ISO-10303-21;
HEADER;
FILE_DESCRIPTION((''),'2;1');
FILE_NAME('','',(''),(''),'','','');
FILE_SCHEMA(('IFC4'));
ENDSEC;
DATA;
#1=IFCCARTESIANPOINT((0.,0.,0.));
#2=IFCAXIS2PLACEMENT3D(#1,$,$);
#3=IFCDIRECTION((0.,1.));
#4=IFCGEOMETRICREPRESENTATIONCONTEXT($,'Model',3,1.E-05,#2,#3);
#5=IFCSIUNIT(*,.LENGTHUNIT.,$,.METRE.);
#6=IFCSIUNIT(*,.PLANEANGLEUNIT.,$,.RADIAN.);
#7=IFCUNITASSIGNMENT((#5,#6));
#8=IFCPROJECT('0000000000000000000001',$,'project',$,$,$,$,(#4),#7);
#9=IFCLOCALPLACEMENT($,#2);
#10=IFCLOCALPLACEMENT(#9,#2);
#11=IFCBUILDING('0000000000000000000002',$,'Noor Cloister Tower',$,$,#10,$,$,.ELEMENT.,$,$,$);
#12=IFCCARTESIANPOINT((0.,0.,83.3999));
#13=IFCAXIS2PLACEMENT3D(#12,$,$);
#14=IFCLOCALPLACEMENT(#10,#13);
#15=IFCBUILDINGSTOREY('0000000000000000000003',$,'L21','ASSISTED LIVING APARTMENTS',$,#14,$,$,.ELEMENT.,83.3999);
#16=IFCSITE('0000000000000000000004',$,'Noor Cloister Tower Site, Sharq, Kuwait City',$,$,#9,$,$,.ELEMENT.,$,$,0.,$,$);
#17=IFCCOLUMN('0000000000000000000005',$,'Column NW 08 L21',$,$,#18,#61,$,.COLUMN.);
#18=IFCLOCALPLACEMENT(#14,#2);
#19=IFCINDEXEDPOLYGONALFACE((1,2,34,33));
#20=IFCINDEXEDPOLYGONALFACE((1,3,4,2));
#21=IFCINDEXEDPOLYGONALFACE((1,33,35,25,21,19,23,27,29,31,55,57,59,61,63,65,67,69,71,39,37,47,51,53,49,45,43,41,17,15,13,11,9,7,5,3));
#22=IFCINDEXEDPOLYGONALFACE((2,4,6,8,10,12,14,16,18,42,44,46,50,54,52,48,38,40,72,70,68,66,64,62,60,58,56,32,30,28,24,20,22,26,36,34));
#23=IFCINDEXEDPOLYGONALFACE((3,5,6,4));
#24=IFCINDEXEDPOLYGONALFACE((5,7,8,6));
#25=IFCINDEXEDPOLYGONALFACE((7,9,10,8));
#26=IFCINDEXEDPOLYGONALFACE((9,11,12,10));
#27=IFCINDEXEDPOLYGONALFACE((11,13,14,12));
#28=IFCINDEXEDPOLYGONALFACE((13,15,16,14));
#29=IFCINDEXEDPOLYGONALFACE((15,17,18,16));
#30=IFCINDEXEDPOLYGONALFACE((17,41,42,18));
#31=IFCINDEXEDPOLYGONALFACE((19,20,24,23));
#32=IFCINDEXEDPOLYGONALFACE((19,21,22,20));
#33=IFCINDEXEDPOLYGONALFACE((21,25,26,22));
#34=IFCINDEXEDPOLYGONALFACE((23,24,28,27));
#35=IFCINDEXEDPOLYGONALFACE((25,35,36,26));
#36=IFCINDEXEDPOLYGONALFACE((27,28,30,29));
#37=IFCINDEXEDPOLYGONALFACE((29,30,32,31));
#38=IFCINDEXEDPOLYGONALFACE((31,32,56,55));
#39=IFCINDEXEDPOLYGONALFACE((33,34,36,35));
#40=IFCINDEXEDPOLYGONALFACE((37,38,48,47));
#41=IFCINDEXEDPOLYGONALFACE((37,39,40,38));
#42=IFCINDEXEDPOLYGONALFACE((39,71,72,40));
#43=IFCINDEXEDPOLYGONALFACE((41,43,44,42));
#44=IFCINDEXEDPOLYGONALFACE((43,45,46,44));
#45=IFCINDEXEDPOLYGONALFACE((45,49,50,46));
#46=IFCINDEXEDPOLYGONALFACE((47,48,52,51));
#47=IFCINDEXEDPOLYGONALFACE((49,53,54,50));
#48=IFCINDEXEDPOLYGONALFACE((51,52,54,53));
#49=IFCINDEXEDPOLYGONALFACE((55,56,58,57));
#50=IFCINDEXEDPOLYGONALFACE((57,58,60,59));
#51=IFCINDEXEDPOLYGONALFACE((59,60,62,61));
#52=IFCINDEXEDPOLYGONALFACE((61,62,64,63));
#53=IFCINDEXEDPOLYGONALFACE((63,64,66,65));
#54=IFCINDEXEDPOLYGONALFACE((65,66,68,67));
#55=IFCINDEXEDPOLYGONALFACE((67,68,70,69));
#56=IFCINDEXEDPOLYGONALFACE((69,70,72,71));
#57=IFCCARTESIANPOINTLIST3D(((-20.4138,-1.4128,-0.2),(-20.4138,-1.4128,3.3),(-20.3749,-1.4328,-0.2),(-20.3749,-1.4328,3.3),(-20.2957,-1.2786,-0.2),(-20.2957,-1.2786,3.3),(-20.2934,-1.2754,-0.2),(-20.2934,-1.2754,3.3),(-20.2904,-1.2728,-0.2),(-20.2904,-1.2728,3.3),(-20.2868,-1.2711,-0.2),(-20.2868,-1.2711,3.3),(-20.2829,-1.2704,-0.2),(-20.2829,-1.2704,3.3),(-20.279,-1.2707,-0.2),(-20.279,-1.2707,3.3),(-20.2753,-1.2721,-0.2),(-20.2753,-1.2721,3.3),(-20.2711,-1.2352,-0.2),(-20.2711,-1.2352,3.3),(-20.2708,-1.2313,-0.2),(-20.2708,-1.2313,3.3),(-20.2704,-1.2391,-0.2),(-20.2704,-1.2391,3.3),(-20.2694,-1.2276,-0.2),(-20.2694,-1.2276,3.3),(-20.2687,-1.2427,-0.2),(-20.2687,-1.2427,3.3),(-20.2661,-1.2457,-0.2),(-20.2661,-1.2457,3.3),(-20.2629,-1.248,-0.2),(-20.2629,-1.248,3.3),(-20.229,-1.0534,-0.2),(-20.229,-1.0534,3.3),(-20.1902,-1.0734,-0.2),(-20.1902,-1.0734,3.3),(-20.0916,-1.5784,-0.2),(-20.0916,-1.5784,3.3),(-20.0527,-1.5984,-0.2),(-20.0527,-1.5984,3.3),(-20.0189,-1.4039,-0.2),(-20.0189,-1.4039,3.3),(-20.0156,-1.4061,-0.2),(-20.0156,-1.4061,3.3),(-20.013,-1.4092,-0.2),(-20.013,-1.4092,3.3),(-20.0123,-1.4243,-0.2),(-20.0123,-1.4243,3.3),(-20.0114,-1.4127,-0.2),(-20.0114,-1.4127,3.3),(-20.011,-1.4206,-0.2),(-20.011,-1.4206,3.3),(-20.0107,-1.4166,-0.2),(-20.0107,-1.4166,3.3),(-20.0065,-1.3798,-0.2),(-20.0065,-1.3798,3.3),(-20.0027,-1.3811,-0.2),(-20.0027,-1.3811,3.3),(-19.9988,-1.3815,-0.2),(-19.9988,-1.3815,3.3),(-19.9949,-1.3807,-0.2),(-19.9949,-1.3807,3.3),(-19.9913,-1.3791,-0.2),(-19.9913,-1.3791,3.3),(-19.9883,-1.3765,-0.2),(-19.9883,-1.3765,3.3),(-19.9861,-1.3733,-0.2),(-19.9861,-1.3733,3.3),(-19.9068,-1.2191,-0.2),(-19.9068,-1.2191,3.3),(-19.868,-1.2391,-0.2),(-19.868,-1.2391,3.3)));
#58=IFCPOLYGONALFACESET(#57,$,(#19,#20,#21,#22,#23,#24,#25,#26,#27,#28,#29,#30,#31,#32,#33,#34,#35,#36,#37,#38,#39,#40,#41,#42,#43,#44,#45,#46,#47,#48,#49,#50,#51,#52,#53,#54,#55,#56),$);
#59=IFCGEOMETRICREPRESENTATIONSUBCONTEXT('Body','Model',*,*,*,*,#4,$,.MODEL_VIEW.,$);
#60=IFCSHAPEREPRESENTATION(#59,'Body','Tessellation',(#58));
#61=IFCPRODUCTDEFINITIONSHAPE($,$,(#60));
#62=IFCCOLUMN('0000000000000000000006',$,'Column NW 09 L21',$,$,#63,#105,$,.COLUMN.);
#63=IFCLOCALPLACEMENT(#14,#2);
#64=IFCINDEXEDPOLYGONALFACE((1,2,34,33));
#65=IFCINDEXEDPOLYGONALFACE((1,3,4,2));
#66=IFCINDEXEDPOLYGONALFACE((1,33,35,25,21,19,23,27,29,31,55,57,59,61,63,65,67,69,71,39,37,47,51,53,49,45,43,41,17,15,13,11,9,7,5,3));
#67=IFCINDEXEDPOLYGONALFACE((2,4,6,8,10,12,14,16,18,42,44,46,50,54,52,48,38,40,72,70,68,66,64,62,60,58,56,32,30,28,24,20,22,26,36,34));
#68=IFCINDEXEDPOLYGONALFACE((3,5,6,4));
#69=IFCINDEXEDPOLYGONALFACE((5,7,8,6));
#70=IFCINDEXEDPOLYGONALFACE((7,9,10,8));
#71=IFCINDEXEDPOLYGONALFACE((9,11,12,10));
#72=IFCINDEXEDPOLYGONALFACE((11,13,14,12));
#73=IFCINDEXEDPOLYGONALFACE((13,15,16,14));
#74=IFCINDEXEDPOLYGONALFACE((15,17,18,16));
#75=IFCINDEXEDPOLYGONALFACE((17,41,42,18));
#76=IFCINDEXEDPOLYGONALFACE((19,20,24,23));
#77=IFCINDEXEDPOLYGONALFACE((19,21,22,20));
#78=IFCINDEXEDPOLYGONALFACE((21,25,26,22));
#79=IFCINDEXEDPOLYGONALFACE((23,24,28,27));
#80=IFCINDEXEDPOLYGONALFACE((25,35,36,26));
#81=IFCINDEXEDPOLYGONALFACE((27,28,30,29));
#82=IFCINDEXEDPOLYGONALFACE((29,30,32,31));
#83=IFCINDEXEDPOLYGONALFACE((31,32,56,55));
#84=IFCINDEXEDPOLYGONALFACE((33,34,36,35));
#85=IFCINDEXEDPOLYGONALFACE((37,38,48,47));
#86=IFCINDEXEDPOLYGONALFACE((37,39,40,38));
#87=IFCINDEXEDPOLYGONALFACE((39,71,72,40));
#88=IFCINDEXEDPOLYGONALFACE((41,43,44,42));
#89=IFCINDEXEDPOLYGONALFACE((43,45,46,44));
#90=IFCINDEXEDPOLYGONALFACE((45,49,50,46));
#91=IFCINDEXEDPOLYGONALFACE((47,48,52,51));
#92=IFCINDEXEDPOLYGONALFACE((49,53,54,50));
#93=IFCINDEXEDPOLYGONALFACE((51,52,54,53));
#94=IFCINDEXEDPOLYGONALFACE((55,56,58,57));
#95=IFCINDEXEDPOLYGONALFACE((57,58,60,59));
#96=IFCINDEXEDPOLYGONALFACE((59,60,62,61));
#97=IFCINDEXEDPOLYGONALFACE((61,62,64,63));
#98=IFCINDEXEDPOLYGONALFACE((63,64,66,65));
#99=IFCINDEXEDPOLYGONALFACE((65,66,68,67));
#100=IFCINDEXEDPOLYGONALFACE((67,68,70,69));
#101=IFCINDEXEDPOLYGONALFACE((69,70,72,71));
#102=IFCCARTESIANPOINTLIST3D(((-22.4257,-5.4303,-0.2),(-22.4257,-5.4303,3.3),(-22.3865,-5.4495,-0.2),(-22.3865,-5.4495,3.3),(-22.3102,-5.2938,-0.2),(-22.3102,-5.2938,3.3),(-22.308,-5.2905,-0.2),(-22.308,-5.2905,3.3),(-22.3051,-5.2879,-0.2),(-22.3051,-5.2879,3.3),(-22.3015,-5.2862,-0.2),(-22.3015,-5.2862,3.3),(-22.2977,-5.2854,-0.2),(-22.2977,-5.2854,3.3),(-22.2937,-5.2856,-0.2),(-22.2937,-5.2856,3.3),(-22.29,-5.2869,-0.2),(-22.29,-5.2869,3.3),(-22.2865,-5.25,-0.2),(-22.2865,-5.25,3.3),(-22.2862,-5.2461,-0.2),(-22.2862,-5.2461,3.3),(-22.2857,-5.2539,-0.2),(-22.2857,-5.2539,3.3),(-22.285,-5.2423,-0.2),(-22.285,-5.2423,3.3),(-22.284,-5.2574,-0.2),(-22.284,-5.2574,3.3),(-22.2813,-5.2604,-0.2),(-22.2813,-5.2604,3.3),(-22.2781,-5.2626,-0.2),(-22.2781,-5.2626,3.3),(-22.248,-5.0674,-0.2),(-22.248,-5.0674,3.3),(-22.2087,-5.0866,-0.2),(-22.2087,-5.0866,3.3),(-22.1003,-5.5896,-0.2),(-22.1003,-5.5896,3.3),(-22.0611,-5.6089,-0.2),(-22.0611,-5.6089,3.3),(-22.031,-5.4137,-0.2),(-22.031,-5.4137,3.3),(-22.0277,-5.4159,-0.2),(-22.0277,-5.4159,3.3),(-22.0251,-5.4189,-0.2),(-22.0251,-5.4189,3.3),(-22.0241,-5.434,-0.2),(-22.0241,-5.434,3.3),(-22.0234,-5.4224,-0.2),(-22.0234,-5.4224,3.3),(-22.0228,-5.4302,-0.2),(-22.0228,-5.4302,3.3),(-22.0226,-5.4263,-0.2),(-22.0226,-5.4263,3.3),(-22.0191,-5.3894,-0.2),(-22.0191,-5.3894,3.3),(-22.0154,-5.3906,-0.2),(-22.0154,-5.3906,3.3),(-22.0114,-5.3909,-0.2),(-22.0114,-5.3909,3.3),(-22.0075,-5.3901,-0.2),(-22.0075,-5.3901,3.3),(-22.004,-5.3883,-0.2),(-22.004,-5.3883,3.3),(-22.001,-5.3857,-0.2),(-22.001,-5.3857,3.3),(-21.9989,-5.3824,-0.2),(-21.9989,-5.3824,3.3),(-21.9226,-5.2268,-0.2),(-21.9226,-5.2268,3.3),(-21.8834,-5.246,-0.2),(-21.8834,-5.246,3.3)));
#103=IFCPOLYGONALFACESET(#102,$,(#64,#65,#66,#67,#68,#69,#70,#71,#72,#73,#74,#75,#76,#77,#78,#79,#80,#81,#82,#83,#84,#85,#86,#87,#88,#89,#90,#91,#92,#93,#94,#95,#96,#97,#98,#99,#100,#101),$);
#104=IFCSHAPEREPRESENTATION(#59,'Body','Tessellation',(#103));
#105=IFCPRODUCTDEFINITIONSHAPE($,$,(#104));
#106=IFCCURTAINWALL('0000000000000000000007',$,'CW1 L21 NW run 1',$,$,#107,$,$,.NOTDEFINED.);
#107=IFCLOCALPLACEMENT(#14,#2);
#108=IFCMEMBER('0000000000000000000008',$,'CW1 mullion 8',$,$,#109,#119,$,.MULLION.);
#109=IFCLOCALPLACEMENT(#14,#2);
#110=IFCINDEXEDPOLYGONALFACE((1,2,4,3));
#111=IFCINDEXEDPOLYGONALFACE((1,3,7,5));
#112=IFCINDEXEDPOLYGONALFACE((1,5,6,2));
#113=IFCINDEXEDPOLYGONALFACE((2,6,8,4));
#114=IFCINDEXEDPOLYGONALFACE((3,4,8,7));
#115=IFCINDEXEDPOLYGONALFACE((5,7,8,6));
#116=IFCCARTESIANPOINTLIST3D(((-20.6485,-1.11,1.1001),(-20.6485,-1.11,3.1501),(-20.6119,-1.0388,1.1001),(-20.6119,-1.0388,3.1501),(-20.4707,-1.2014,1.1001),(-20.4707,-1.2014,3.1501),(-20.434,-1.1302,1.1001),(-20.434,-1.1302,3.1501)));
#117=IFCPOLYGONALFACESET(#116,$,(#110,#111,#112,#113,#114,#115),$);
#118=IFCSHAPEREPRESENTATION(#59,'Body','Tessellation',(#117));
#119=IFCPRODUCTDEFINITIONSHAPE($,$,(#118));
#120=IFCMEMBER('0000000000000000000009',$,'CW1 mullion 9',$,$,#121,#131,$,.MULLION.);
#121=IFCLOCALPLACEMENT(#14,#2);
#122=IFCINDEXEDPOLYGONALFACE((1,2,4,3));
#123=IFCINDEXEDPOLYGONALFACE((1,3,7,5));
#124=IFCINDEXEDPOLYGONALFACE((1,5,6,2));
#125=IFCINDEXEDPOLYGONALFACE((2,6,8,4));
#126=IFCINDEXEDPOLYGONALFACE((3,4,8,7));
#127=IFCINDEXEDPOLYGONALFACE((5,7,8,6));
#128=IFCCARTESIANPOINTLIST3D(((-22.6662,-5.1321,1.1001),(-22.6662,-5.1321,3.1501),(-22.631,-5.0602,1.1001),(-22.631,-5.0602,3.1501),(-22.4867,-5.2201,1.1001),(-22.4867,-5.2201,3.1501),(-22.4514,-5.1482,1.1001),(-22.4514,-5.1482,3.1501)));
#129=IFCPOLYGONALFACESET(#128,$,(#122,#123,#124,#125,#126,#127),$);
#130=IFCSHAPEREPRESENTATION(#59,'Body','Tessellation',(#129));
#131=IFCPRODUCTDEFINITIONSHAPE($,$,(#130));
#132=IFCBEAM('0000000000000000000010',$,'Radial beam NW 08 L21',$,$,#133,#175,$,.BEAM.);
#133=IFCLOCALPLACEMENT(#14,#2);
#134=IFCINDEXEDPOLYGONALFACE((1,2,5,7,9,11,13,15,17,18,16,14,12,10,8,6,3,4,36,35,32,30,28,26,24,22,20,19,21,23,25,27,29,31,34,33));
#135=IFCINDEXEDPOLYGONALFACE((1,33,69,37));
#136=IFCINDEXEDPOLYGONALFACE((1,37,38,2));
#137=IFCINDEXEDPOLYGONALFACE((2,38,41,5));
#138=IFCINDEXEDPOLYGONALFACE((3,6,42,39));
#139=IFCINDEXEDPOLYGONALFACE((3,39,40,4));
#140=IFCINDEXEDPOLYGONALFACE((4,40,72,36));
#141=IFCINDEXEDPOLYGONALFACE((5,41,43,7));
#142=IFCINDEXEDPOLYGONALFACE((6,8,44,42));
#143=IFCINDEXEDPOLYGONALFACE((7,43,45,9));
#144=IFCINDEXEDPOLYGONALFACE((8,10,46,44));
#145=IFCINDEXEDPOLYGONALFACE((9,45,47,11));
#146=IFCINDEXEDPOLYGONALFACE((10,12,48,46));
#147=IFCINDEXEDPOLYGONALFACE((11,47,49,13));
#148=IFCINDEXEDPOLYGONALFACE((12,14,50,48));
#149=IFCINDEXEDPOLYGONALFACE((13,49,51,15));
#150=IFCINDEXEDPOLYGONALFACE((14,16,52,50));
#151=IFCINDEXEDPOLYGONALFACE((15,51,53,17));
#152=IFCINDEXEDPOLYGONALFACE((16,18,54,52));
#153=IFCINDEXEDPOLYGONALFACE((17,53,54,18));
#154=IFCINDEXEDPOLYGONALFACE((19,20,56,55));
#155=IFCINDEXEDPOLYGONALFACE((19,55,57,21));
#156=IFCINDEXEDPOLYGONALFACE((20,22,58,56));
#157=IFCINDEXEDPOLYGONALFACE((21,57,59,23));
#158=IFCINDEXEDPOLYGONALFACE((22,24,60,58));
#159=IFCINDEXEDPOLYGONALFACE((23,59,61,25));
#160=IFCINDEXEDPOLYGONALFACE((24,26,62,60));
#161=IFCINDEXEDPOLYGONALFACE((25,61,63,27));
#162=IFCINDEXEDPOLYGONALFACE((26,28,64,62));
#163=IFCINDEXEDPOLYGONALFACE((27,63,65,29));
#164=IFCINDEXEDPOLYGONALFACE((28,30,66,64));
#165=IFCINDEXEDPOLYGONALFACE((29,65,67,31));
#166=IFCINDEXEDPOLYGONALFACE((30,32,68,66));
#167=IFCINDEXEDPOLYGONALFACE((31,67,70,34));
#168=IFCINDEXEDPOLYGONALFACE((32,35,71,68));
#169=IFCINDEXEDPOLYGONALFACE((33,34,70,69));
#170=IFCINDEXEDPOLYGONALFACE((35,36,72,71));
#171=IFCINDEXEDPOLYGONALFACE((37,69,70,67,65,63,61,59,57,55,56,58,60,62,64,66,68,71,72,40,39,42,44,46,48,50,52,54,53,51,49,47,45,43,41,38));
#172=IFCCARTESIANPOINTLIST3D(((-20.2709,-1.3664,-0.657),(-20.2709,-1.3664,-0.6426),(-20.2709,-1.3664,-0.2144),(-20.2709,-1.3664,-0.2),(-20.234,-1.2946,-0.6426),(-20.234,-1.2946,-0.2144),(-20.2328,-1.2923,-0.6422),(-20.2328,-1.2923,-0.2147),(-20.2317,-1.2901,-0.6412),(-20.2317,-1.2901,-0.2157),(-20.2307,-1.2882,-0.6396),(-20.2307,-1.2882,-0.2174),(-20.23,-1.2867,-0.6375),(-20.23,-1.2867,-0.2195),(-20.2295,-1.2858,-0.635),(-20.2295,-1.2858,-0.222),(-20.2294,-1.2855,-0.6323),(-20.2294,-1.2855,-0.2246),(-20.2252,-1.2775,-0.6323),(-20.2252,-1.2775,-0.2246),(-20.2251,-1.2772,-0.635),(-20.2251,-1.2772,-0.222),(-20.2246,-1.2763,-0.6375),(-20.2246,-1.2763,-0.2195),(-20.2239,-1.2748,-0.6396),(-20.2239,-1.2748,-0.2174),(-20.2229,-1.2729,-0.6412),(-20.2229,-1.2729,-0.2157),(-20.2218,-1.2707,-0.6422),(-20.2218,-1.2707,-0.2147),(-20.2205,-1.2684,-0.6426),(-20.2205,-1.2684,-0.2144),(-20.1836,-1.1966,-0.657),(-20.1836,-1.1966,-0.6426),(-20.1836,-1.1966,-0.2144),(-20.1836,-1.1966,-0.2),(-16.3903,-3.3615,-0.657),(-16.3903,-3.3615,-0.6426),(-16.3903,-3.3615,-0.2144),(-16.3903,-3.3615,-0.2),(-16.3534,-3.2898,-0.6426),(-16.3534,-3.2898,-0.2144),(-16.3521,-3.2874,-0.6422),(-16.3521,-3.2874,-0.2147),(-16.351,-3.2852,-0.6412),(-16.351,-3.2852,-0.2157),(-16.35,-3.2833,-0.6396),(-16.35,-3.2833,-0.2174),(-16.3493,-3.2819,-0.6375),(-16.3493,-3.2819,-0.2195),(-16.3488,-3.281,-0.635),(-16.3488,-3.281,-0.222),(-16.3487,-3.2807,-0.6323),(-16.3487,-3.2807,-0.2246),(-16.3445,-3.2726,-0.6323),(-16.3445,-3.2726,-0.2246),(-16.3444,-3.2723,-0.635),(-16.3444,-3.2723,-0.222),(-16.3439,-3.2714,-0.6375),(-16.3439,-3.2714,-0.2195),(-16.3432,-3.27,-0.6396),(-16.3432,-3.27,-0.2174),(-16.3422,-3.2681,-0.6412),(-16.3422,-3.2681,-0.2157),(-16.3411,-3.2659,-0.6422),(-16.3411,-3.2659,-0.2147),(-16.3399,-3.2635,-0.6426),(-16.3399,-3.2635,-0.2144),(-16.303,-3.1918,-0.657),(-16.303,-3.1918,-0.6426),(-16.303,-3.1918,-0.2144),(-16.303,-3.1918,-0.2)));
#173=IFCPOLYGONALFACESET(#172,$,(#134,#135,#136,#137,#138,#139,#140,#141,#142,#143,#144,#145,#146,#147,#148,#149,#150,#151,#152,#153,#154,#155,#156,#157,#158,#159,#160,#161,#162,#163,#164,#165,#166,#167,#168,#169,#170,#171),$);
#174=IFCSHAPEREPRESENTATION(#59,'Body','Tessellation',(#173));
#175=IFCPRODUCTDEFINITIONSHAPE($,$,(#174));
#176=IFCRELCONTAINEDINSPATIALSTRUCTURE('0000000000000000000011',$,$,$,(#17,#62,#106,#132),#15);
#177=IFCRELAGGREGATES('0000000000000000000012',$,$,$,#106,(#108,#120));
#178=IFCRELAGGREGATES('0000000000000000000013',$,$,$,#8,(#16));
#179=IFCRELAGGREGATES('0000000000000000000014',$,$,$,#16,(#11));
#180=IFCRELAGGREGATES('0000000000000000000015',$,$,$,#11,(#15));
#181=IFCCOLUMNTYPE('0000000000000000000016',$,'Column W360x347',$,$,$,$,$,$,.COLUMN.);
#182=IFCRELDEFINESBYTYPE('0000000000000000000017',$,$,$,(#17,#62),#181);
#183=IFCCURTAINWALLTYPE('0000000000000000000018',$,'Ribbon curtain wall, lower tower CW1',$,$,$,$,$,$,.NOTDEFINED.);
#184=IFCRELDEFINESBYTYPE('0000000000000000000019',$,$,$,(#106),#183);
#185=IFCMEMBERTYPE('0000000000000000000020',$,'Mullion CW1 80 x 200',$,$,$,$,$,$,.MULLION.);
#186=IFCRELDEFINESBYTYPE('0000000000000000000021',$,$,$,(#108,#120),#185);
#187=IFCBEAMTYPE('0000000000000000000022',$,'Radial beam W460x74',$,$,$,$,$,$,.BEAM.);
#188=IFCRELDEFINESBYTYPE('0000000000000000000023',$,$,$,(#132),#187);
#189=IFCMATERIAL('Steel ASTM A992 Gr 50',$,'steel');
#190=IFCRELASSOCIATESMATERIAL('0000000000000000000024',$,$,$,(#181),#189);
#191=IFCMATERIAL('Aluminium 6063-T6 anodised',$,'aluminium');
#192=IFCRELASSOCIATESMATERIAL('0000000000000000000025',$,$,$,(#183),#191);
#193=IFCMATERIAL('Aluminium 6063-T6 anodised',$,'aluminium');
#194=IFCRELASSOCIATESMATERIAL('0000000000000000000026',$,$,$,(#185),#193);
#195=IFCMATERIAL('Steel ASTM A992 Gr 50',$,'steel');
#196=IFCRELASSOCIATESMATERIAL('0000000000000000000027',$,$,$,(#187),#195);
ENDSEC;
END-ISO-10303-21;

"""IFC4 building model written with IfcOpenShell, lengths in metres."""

from ifc_helpers import new_model, si_unit, direction, frame, origin, origin_2d, place, context, subcontext, project, spatial, rectangle, i_section, extrude, material, material_profile, profile_set, type_object, element, aggregate, save


model = new_model("IFC4")

# Units and contexts
model_context = context("Model", 3, precision=1e-05, world=origin(), true_north=direction((0.0, 1.0)))
body_context = subcontext(model_context, "Body", "Model", "MODEL_VIEW")
ifc_project = project(units=[si_unit("LENGTHUNIT", "METRE"), si_unit("PLANEANGLEUNIT", "RADIAN")], contexts=[model_context])

# Site, building, storey
site_placement = place(None, origin())
site = spatial("IfcSite", under=ifc_project, at=site_placement, Name="Noor Cloister Tower Site, Sharq, Kuwait City", CompositionType="ELEMENT", RefElevation=0.0)
building_placement = place(site_placement, origin())
building = spatial("IfcBuilding", under=site, at=building_placement, Name="Noor Cloister Tower", CompositionType="ELEMENT")
storey_placement = place(building_placement, frame((0.0, 0.0, 83.3999)))
storey = spatial("IfcBuildingStorey", under=building, at=storey_placement, Name="L21", Description="ASSISTED LIVING APARTMENTS", CompositionType="ELEMENT", Elevation=83.3999)

# Columns
ifc_material_1 = material(Name="Steel ASTM A992 Gr 50", Category="steel")
ifc_material_profile_1 = material_profile(ifc_material_1, i_section(OverallWidth=0.4041, OverallDepth=0.406, WebThickness=0.0271, FlangeThickness=0.0437, FilletRadius=0.0151, at=origin_2d()), Name="W360x347")
ifc_profile_set_1 = profile_set([ifc_material_profile_1], Name="Steel ASTM A992 Gr 50")
column_type = type_object("IfcColumnType", Name="Column W360x347", PredefinedType="COLUMN", material=ifc_profile_set_1)
for number, where, z_axis, x_axis, name in (
    (1, (-20.1409, -1.3259, -0.2), (0.0, 0.0, 1.0), (-0.457248, -0.889339, 0.0), "Column NW 08 L21"),
    (2, (-22.1545, -5.3381, -0.2), (0.0, 0.0, 1.0), (-0.439838, -0.898077, 0.0), "Column NW 09 L21"),
):
    element("IfcColumn", number, at=place(storey_placement, frame(where, z_axis=z_axis, x_axis=x_axis)), inside=storey, type_object=column_type, Name=name, PredefinedType="COLUMN", context=body_context, shape_type="SweptSolid", body=[
        extrude(i_section(OverallWidth=0.4041, OverallDepth=0.406, WebThickness=0.0271, FlangeThickness=0.0437, FilletRadius=0.0151, at=origin_2d()), origin(), (0.0, 0.0, 1.0), 3.5),
    ])

# Curtain wall, members
ifc_material_2 = material(Name="Aluminium 6063-T6 anodised", Category="aluminium")
curtain_wall_type = type_object("IfcCurtainWallType", Name="Ribbon curtain wall, lower tower CW1", PredefinedType="NOTDEFINED", material=ifc_material_2)
curtain_wall_placement = place(storey_placement, origin())
curtain_wall = element("IfcCurtainWall", 3, at=curtain_wall_placement, inside=storey, type_object=curtain_wall_type, Name="CW1 L21 NW run 1", PredefinedType="NOTDEFINED")
ifc_material_3 = material(Name="Aluminium 6063-T6 anodised", Category="aluminium")
ifc_material_profile_2 = material_profile(ifc_material_3, rectangle(XDim=0.2, YDim=0.0801, at=origin_2d()), Name="200 x 80 mullion")
ifc_profile_set_2 = profile_set([ifc_material_profile_2], Name="Aluminium 6063-T6 anodised")
member_type = type_object("IfcMemberType", Name="Mullion CW1 80 x 200", PredefinedType="MULLION", material=ifc_profile_set_2)
member_1_placement = place(storey_placement, frame((-20.5413, -1.1201, 1.1001), z_axis=(0.0, 0.0, 1.0), x_axis=(0.889339, -0.457248, 0.0)))
member_1 = element("IfcMember", 4, at=member_1_placement, type_object=member_type, Name="CW1 mullion 8", PredefinedType="MULLION", context=body_context, shape_type="SweptSolid", body=[
    extrude(rectangle(XDim=0.2, YDim=0.0801, at=origin_2d()), origin(), (0.0, 0.0, 1.0), 2.05),
])
member_2_placement = place(storey_placement, frame((-22.5588, -5.1401, 1.1001), z_axis=(0.0, 0.0, 1.0), x_axis=(0.898077, -0.439838, 0.0)))
member_2 = element("IfcMember", 5, at=member_2_placement, type_object=member_type, Name="CW1 mullion 9", PredefinedType="MULLION", context=body_context, shape_type="SweptSolid", body=[
    extrude(rectangle(XDim=0.2, YDim=0.0801, at=origin_2d()), origin(), (0.0, 0.0, 1.0), 2.05),
])

# Beam
ifc_material_4 = material(Name="Steel ASTM A992 Gr 50", Category="steel")
ifc_material_profile_3 = material_profile(ifc_material_4, i_section(OverallWidth=0.1909, OverallDepth=0.457, WebThickness=0.009, FlangeThickness=0.0144, FilletRadius=0.0103, at=origin_2d()), Name="W460x74")
ifc_profile_set_3 = profile_set([ifc_material_profile_3], Name="Steel ASTM A992 Gr 50")
beam_type_1 = type_object("IfcBeamType", Name="Radial beam W460x74", PredefinedType="BEAM", material=ifc_profile_set_3)
beam_1_placement = place(storey_placement, frame((-20.2273, -1.2815, -0.4285), z_axis=(0.889346, -0.457234, 0.0), x_axis=(0.457234, 0.889346, 0.0)))
element("IfcBeam", 6, at=beam_1_placement, inside=storey, type_object=beam_type_1, Name="Radial beam NW 08 L21", PredefinedType="BEAM", context=body_context, shape_type="SweptSolid", body=[
    extrude(i_section(OverallWidth=0.1909, OverallDepth=0.457, WebThickness=0.009, FlangeThickness=0.0144, FilletRadius=0.0103, at=origin_2d()), origin(), (0.0, 0.0, 1.0), 4.3635),
])

aggregate(curtain_wall, [member_1, member_2])

save(model, "model.ifc")
